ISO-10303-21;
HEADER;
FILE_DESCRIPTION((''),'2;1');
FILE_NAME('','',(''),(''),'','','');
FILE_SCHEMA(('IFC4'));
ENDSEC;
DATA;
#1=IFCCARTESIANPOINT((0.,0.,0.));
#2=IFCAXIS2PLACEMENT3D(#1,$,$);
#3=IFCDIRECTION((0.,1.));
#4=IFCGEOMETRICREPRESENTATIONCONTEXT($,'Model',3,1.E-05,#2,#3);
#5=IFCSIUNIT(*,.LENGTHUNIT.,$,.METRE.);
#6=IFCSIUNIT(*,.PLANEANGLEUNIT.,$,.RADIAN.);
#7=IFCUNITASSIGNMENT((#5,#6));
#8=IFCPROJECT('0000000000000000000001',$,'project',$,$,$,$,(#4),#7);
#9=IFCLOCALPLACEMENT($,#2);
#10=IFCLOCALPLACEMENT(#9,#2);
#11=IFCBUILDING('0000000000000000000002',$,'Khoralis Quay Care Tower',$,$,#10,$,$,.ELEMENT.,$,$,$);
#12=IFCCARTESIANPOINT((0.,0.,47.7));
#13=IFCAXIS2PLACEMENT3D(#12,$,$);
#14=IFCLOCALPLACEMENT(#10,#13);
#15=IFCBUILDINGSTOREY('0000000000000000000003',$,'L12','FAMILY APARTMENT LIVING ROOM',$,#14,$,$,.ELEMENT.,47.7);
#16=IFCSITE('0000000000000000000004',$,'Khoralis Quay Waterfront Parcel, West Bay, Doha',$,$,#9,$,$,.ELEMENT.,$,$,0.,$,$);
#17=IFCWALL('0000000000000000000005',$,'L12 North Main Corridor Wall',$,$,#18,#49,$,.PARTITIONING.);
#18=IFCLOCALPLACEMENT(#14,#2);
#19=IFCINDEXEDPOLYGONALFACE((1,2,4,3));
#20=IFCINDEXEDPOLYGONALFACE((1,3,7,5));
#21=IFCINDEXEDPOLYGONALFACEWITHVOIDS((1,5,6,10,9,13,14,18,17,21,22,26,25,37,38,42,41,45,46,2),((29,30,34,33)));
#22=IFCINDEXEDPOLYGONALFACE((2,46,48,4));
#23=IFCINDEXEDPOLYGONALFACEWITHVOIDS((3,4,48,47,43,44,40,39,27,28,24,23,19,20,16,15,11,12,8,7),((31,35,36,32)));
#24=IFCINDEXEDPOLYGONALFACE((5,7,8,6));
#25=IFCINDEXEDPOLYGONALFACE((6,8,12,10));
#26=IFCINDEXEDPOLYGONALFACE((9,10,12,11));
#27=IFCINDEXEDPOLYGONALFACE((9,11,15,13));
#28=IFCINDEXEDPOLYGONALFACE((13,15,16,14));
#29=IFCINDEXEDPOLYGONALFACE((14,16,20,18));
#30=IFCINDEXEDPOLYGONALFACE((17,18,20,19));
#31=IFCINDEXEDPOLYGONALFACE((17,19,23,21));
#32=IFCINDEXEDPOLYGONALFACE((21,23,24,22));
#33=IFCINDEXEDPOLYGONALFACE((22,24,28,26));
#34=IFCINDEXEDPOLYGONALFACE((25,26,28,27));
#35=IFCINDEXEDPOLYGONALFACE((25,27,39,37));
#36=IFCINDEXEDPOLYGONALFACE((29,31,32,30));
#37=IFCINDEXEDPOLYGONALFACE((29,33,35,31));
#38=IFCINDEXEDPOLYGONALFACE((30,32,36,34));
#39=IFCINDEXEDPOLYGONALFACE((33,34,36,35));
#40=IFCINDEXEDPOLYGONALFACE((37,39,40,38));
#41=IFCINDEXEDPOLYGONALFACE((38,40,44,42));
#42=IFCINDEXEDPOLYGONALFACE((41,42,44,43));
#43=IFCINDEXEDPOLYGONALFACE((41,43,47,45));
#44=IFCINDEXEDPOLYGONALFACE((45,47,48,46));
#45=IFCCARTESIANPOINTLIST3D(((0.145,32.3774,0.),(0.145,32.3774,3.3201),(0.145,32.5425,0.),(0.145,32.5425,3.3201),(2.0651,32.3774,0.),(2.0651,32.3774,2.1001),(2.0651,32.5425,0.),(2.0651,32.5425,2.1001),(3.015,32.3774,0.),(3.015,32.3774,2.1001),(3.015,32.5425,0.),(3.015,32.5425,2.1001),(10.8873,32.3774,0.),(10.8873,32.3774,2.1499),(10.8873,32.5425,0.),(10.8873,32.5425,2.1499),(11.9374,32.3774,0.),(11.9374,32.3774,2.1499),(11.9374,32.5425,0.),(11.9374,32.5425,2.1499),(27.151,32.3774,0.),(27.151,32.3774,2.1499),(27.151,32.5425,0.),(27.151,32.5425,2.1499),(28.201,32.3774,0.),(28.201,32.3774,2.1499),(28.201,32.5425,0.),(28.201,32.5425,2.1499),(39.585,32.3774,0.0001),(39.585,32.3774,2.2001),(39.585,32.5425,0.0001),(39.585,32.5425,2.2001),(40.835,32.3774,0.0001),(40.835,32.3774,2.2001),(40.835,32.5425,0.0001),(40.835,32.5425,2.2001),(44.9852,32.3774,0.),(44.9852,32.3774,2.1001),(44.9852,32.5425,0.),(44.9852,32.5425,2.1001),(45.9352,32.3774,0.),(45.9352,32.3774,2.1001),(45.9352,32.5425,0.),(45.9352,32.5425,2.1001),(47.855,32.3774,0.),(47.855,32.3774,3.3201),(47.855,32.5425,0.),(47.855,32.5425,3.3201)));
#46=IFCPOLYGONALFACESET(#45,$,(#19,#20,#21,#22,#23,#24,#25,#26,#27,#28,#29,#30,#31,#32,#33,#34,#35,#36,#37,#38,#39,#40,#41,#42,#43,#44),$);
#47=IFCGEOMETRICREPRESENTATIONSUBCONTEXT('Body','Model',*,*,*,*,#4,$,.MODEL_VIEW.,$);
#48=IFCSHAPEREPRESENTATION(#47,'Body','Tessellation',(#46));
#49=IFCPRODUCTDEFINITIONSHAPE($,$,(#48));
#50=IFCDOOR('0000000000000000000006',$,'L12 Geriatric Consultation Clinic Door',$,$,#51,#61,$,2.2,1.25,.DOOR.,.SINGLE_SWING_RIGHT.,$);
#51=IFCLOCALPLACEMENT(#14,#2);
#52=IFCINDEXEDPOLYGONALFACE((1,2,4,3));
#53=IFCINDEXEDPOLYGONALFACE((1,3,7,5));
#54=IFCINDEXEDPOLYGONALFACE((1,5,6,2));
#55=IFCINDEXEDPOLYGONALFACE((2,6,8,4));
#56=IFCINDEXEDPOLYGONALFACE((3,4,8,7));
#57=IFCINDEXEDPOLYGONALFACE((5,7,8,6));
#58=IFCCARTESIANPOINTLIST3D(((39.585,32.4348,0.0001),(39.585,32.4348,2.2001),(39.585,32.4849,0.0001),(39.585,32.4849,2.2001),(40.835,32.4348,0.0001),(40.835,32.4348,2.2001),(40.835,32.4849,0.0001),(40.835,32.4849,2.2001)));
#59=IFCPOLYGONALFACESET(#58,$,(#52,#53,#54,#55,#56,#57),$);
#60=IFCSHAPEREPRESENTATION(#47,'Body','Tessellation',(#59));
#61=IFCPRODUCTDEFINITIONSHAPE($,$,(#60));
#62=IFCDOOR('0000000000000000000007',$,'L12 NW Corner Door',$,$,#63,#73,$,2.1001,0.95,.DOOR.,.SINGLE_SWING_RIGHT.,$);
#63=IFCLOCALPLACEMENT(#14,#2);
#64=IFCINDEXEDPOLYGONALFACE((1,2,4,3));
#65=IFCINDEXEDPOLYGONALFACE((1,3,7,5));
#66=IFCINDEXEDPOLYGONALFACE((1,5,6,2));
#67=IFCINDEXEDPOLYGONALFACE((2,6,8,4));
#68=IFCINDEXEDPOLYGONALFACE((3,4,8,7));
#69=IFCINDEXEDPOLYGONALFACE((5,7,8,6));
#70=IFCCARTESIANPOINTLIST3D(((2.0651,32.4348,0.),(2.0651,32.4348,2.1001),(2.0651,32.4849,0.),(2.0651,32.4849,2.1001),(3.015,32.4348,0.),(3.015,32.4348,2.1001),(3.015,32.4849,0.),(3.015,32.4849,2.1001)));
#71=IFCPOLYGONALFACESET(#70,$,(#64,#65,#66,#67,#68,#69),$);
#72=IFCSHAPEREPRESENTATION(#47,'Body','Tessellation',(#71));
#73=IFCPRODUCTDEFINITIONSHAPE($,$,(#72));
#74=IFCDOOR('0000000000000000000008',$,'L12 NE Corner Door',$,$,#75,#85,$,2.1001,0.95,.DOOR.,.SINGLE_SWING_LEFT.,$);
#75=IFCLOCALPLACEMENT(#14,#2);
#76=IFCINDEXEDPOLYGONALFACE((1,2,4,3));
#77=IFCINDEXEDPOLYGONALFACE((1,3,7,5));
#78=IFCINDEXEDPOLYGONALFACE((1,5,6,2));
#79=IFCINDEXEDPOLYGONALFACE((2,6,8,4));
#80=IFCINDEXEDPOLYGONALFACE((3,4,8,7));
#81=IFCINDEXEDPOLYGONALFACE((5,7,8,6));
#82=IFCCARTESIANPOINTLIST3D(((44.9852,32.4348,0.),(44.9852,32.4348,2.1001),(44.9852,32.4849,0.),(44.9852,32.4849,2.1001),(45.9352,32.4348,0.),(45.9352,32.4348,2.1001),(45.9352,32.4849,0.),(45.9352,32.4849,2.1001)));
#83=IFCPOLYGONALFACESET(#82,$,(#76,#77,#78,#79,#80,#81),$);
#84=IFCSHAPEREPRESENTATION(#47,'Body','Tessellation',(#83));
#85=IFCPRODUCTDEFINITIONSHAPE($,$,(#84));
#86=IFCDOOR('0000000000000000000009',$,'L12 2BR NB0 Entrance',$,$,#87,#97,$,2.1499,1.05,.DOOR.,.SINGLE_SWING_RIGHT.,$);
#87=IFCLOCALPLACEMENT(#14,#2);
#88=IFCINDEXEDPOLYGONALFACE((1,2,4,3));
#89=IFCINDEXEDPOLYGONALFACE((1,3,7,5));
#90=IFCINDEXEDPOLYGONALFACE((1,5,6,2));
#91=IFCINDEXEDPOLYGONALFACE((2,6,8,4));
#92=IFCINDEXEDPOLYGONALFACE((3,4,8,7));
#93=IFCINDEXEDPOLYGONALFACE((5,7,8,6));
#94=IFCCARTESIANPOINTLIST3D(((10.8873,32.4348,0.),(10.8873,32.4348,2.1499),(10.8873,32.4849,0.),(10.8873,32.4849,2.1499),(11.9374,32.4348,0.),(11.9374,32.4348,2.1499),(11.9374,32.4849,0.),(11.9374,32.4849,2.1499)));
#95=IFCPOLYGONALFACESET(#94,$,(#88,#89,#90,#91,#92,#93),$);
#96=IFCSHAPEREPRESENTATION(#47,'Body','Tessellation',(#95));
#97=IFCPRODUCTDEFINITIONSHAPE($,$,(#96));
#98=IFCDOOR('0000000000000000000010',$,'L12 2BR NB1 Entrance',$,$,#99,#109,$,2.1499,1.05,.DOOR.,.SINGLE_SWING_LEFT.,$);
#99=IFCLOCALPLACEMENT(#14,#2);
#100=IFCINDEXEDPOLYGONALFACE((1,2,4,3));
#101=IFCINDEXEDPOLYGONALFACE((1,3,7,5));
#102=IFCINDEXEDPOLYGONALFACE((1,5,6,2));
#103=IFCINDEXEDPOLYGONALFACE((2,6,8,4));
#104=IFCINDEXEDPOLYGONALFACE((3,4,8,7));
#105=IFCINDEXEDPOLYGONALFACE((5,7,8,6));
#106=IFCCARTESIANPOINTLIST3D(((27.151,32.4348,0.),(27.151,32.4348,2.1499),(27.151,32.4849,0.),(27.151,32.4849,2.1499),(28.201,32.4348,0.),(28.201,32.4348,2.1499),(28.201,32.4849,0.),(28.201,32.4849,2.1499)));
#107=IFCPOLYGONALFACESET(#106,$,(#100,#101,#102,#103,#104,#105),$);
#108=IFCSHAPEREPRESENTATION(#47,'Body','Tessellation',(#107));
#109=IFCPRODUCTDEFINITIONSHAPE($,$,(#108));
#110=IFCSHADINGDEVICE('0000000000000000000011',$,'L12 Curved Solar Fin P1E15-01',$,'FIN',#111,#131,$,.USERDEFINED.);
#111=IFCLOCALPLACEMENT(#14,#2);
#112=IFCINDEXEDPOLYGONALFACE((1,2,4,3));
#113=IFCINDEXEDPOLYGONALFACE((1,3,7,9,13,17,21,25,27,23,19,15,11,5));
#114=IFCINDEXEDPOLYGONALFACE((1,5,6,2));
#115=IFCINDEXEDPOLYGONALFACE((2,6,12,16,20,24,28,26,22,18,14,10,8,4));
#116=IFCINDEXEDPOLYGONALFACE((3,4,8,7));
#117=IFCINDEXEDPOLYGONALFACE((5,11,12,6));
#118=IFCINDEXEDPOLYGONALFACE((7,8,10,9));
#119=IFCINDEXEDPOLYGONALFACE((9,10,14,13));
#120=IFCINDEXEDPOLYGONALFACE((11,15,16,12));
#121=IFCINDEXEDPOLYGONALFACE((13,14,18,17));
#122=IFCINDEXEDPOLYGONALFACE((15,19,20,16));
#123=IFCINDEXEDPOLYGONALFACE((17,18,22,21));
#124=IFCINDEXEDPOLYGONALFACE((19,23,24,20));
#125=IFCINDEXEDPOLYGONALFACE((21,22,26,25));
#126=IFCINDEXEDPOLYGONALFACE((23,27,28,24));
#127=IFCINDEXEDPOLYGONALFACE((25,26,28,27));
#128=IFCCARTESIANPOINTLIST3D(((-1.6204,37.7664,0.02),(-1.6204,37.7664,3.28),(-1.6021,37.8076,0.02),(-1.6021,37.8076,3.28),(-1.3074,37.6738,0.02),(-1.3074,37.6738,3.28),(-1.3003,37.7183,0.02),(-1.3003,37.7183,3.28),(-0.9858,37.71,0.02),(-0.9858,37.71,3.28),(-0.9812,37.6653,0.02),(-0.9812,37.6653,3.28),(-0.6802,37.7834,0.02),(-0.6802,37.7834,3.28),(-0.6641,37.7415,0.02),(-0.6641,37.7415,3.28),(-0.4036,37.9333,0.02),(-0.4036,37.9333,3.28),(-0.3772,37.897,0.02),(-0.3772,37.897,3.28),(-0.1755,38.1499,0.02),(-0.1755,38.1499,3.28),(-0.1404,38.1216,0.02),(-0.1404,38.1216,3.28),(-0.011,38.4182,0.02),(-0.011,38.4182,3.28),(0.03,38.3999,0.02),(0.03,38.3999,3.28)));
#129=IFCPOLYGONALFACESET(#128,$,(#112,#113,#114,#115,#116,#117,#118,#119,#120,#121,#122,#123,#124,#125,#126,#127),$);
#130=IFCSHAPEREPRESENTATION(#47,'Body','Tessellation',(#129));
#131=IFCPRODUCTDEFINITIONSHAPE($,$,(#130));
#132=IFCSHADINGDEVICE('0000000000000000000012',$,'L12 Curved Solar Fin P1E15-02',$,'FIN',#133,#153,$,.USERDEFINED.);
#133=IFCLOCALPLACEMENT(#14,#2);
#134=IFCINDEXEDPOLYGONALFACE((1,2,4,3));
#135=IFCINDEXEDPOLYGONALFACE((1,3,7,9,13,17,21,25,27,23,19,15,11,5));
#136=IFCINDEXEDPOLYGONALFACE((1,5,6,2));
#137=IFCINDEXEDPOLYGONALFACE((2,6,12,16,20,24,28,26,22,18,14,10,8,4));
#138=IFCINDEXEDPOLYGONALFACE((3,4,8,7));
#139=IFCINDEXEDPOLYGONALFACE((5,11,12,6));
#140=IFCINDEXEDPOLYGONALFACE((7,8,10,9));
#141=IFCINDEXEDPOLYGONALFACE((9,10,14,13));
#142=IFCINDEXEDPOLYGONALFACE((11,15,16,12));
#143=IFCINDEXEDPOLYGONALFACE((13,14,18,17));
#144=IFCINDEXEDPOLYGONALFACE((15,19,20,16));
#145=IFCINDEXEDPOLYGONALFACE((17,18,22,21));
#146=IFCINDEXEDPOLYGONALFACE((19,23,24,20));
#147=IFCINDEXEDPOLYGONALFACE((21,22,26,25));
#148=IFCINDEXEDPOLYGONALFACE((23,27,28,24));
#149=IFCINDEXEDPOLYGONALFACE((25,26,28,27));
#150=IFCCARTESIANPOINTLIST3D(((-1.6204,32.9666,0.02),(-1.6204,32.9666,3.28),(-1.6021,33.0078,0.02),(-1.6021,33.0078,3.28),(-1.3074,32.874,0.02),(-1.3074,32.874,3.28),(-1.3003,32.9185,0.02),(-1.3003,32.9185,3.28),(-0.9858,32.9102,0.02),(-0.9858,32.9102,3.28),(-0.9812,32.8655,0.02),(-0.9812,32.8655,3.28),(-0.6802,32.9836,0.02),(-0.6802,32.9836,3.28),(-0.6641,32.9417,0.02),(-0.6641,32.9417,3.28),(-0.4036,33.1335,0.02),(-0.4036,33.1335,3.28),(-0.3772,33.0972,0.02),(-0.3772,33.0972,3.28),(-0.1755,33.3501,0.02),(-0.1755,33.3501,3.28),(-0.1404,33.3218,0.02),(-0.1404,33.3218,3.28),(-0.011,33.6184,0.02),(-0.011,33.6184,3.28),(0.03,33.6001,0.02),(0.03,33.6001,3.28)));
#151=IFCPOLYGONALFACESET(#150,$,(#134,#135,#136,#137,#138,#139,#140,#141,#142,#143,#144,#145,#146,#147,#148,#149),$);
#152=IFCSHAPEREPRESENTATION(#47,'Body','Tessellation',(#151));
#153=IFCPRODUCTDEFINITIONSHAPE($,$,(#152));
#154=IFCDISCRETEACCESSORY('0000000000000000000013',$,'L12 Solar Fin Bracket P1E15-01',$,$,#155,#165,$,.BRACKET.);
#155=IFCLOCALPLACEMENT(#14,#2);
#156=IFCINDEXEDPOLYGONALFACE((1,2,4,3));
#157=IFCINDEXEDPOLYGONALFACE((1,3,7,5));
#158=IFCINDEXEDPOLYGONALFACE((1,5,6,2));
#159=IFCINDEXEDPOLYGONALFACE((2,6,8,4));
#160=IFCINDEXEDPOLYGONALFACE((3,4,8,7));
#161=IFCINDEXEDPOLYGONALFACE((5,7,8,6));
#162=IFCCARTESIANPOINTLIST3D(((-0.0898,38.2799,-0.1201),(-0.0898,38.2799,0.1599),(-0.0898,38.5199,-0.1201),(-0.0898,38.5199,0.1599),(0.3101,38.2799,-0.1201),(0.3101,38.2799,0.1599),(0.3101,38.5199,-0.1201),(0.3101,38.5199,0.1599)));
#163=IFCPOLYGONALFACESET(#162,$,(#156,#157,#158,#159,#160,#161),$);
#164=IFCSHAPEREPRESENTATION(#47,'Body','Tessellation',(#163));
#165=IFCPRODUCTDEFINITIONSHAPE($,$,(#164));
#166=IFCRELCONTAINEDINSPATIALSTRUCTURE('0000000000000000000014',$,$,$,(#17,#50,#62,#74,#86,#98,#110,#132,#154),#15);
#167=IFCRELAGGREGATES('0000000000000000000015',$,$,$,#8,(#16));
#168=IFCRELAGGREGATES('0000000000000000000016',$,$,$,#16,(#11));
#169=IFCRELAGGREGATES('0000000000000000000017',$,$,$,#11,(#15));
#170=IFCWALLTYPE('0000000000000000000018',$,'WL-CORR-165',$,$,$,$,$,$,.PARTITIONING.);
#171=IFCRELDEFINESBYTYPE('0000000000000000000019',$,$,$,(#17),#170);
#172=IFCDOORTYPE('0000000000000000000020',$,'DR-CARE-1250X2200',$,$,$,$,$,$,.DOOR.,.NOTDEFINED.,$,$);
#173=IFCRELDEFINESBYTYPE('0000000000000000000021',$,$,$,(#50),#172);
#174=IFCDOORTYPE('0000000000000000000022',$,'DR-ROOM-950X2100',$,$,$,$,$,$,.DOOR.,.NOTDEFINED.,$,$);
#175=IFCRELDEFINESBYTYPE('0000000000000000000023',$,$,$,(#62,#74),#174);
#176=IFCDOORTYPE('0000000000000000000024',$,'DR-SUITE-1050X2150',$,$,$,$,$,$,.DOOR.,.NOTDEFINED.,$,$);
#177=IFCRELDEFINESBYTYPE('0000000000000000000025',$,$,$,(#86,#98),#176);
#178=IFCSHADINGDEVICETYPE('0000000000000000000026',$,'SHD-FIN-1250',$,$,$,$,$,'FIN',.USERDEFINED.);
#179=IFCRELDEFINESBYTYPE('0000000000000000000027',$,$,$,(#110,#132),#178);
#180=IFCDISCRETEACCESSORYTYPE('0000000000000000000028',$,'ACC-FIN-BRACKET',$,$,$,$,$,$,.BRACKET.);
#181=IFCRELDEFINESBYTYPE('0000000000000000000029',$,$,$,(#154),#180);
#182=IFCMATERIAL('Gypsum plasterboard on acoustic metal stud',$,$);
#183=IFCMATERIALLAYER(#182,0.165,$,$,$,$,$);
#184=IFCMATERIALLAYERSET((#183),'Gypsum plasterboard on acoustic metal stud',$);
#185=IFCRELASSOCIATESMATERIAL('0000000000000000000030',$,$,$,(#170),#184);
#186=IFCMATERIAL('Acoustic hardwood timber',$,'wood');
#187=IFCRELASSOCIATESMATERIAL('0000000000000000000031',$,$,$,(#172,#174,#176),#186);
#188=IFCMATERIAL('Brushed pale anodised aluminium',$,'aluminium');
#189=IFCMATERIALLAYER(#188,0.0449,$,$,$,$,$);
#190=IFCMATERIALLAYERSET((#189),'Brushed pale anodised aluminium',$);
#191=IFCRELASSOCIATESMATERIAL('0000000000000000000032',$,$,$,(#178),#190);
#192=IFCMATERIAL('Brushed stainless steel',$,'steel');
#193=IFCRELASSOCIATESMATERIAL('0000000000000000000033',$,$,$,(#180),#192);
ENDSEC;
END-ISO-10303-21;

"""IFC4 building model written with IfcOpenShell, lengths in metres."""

from ifc_helpers import new_model, si_unit, direction, frame, frame_2d, origin, origin_2d, place, context, subcontext, project, spatial, polyline, rectangle, outline, extrude, source, transform, mapped, material, layer, layer_set, type_object, element, fill, save


model = new_model("IFC4")

# Units and contexts
model_context = context("Model", 3, precision=1e-05, world=origin(), true_north=direction((0.0, 1.0)))
body_context = subcontext(model_context, "Body", "Model", "MODEL_VIEW")
ifc_project = project(units=[si_unit("LENGTHUNIT", "METRE"), si_unit("PLANEANGLEUNIT", "RADIAN")], contexts=[model_context])

# Site, building, storey
site_placement = place(None, origin())
site = spatial("IfcSite", under=ifc_project, at=site_placement, Name="Khoralis Quay Waterfront Parcel, West Bay, Doha", CompositionType="ELEMENT", RefElevation=0.0)
building_placement = place(site_placement, origin())
building = spatial("IfcBuilding", under=site, at=building_placement, Name="Khoralis Quay Care Tower", CompositionType="ELEMENT")
storey_placement = place(building_placement, frame((0.0, 0.0, 47.7)))
storey = spatial("IfcBuildingStorey", under=building, at=storey_placement, Name="L12", Description="FAMILY APARTMENT LIVING ROOM", CompositionType="ELEMENT", Elevation=47.7)

# Wall, openings, doors
ifc_material_1 = material(Name="Gypsum plasterboard on acoustic metal stud")
ifc_layer_1 = layer(ifc_material_1, 0.165)
ifc_layer_set_1 = layer_set([ifc_layer_1], Name="Gypsum plasterboard on acoustic metal stud")
wall_type = type_object("IfcWallType", Name="WL-CORR-165", PredefinedType="PARTITIONING", material=ifc_layer_set_1)
wall_placement = place(storey_placement, frame((0.145, 32.46, 0.0), z_axis=(0.0, 0.0, 1.0), x_axis=(1.0, 0.0, 0.0)))
wall = element("IfcWall", 1, at=wall_placement, inside=storey, type_object=wall_type, Name="L12 North Main Corridor Wall", PredefinedType="PARTITIONING", context=body_context, shape_type="SweptSolid", body=[
    extrude(rectangle(XDim=47.71, YDim=0.165, at=frame_2d((23.855, 0.0))), origin(), (0.0, 0.0, 1.0), 3.3201),
])
opening_1_placement = place(wall_placement, frame((10.7424, 0.0, 0.0)))
opening_1 = element("IfcOpeningElement", 2, at=opening_1_placement, cuts=wall, PredefinedType="OPENING", context=body_context, shape_type="SweptSolid", body=[
    extrude(rectangle(XDim=1.05, YDim=2.1499, at=frame_2d((0.5249, 1.075))), frame((0.0, 0.0925, 0.0), z_axis=(0.0, -1.0, 0.0), x_axis=(1.0, 0.0, 0.0)), (0.0, 0.0, 1.0), 0.1851),
])
opening_2_placement = place(wall_placement, frame((27.0061, 0.0, 0.0)))
opening_2 = element("IfcOpeningElement", 3, at=opening_2_placement, cuts=wall, PredefinedType="OPENING", context=body_context, shape_type="SweptSolid", body=[
    extrude(rectangle(XDim=1.05, YDim=2.1499, at=frame_2d((0.5249, 1.075))), frame((0.0, 0.0925, 0.0), z_axis=(0.0, -1.0, 0.0), x_axis=(1.0, 0.0, 0.0)), (0.0, 0.0, 1.0), 0.1851),
])
opening_3_placement = place(wall_placement, frame((39.4399, 0.0, 0.0)))
opening_3 = element("IfcOpeningElement", 4, at=opening_3_placement, cuts=wall, PredefinedType="OPENING", context=body_context, shape_type="SweptSolid", body=[
    extrude(rectangle(XDim=1.25, YDim=2.2, at=frame_2d((0.625, 1.1001))), frame((0.0, 0.0925, 0.0), z_axis=(0.0, -1.0, 0.0), x_axis=(1.0, 0.0, 0.0)), (0.0, 0.0, 1.0), 0.1851),
])
opening_4_placement = place(wall_placement, frame((1.9199, 0.0, 0.0)))
opening_4 = element("IfcOpeningElement", 5, at=opening_4_placement, cuts=wall, PredefinedType="OPENING", context=body_context, shape_type="SweptSolid", body=[
    extrude(rectangle(XDim=0.95, YDim=2.1001, at=frame_2d((0.4751, 1.05))), frame((0.0, 0.0925, 0.0), z_axis=(0.0, -1.0, 0.0), x_axis=(1.0, 0.0, 0.0)), (0.0, 0.0, 1.0), 0.1851),
])
opening_5_placement = place(wall_placement, frame((44.8401, 0.0, 0.0)))
opening_5 = element("IfcOpeningElement", 6, at=opening_5_placement, cuts=wall, PredefinedType="OPENING", context=body_context, shape_type="SweptSolid", body=[
    extrude(rectangle(XDim=0.95, YDim=2.1001, at=frame_2d((0.4751, 1.05))), frame((0.0, 0.0925, 0.0), z_axis=(0.0, -1.0, 0.0), x_axis=(1.0, 0.0, 0.0)), (0.0, 0.0, 1.0), 0.1851),
])
ifc_material_2 = material(Name="Acoustic hardwood timber", Category="wood")
door_type_1 = type_object("IfcDoorType", Name="DR-CARE-1250X2200", OperationType="NOTDEFINED", PredefinedType="DOOR", material=ifc_material_2)
shared_shape_1 = source(origin(), body_context, "Body", "SweptSolid", [
    extrude(rectangle(XDim=1.25, YDim=2.2, at=frame_2d((0.625, 1.1001))), frame((0.0, 0.0249, 0.0), z_axis=(0.0, -1.0, 0.0), x_axis=(1.0, 0.0, 0.0)), (0.0, 0.0, 1.0), 0.05),
])
door_1_placement = place(opening_3_placement, origin())
door_1 = element("IfcDoor", 7, at=door_1_placement, inside=storey, type_object=door_type_1, Name="L12 Geriatric Consultation Clinic Door", OperationType="SINGLE_SWING_RIGHT", OverallHeight=2.2, OverallWidth=1.25, PredefinedType="DOOR", context=body_context, shape_type="MappedRepresentation", body=[
    mapped(shared_shape_1, transform((0.0, 0.0, 0.0), scale=1.0)),
])
fill(opening_3, door_1)
door_type_2 = type_object("IfcDoorType", Name="DR-ROOM-950X2100", OperationType="NOTDEFINED", PredefinedType="DOOR", material=ifc_material_2)
shared_shape_2 = source(origin(), body_context, "Body", "SweptSolid", [
    extrude(rectangle(XDim=0.95, YDim=2.1001, at=frame_2d((0.4751, 1.05))), frame((0.0, 0.0249, 0.0), z_axis=(0.0, -1.0, 0.0), x_axis=(1.0, 0.0, 0.0)), (0.0, 0.0, 1.0), 0.05),
])
door_2_placement = place(opening_4_placement, origin())
door_2 = element("IfcDoor", 8, at=door_2_placement, inside=storey, type_object=door_type_2, Name="L12 NW Corner Door", OperationType="SINGLE_SWING_RIGHT", OverallHeight=2.1001, OverallWidth=0.95, PredefinedType="DOOR", context=body_context, shape_type="MappedRepresentation", body=[
    mapped(shared_shape_2, transform((0.0, 0.0, 0.0), scale=1.0)),
])
fill(opening_4, door_2)
door_3_placement = place(opening_5_placement, origin())
door_3 = element("IfcDoor", 9, at=door_3_placement, inside=storey, type_object=door_type_2, Name="L12 NE Corner Door", OperationType="SINGLE_SWING_LEFT", OverallHeight=2.1001, OverallWidth=0.95, PredefinedType="DOOR", context=body_context, shape_type="MappedRepresentation", body=[
    mapped(shared_shape_2, transform((0.0, 0.0, 0.0), scale=1.0)),
])
fill(opening_5, door_3)
door_type_3 = type_object("IfcDoorType", Name="DR-SUITE-1050X2150", OperationType="NOTDEFINED", PredefinedType="DOOR", material=ifc_material_2)
shared_shape_3 = source(origin(), body_context, "Body", "SweptSolid", [
    extrude(rectangle(XDim=1.05, YDim=2.1499, at=frame_2d((0.5249, 1.075))), frame((0.0, 0.0249, 0.0), z_axis=(0.0, -1.0, 0.0), x_axis=(1.0, 0.0, 0.0)), (0.0, 0.0, 1.0), 0.05),
])
door_4_placement = place(opening_1_placement, origin())
door_4 = element("IfcDoor", 10, at=door_4_placement, inside=storey, type_object=door_type_3, Name="L12 2BR NB0 Entrance", OperationType="SINGLE_SWING_RIGHT", OverallHeight=2.1499, OverallWidth=1.05, PredefinedType="DOOR", context=body_context, shape_type="MappedRepresentation", body=[
    mapped(shared_shape_3, transform((0.0, 0.0, 0.0), scale=1.0)),
])
fill(opening_1, door_4)
door_5_placement = place(opening_2_placement, origin())
door_5 = element("IfcDoor", 11, at=door_5_placement, inside=storey, type_object=door_type_3, Name="L12 2BR NB1 Entrance", OperationType="SINGLE_SWING_LEFT", OverallHeight=2.1499, OverallWidth=1.05, PredefinedType="DOOR", context=body_context, shape_type="MappedRepresentation", body=[
    mapped(shared_shape_3, transform((0.0, 0.0, 0.0), scale=1.0)),
])
fill(opening_2, door_5)

# Shading devices
ifc_material_3 = material(Name="Brushed pale anodised aluminium", Category="aluminium")
ifc_layer_2 = layer(ifc_material_3, 0.0449)
ifc_layer_set_2 = layer_set([ifc_layer_2], Name="Brushed pale anodised aluminium")
shading_device_type = type_object("IfcShadingDeviceType", Name="SHD-FIN-1250", ElementType="FIN", PredefinedType="USERDEFINED", material=ifc_layer_set_2)
shared_shape_4 = source(origin(), body_context, "Body", "SweptSolid", [
    extrude(outline(polyline([(0.0, 0.0), (0.1704, 0.2783), (0.4072, 0.5029), (0.6941, 0.6584), (1.0112, 0.7346), (1.3374, 0.7261), (1.6504, 0.6335), (1.6321, 0.5923), (1.3303, 0.6816), (1.0159, 0.6899), (0.7102, 0.6165), (0.4336, 0.4666), (0.2056, 0.25), (0.041, -0.0183), (0.0, 0.0)])), origin(), (0.0, 0.0, 1.0), 3.26),
])
for number, where, z_axis, x_axis, name in (
    (12, (0.03, 38.3999, 0.02), (0.0, 0.0, 1.0), (-1.0, 0.0, 0.0), "L12 Curved Solar Fin P1E15-01"),
    (13, (0.03, 33.6001, 0.02), (0.0, 0.0, 1.0), (-1.0, 0.0, 0.0), "L12 Curved Solar Fin P1E15-02"),
):
    element("IfcShadingDevice", number, at=place(storey_placement, frame(where, z_axis=z_axis, x_axis=x_axis)), inside=storey, type_object=shading_device_type, Name=name, ObjectType="FIN", PredefinedType="USERDEFINED", context=body_context, shape_type="MappedRepresentation", body=[
        mapped(shared_shape_4, transform((0.0, 0.0, 0.0), scale=1.0)),
    ])

# Discrete accessory
ifc_material_4 = material(Name="Brushed stainless steel", Category="steel")
discrete_accessory_type = type_object("IfcDiscreteAccessoryType", Name="ACC-FIN-BRACKET", PredefinedType="BRACKET", material=ifc_material_4)
shared_shape_5 = source(origin(), body_context, "Body", "SweptSolid", [
    extrude(rectangle(XDim=0.3999, YDim=0.24, at=origin_2d()), origin(), (0.0, 0.0, 1.0), 0.28),
])
for number, where, z_axis, x_axis, name in (
    (14, (0.1101, 38.3999, -0.1201), (0.0, 0.0, 1.0), (-1.0, 0.0, 0.0), "L12 Solar Fin Bracket P1E15-01"),
):
    element("IfcDiscreteAccessory", number, at=place(storey_placement, frame(where, z_axis=z_axis, x_axis=x_axis)), inside=storey, type_object=discrete_accessory_type, Name=name, PredefinedType="BRACKET", context=body_context, shape_type="MappedRepresentation", body=[
        mapped(shared_shape_5, transform((0.0, 0.0, 0.0), scale=1.0)),
    ])

save(model, "model.ifc")
